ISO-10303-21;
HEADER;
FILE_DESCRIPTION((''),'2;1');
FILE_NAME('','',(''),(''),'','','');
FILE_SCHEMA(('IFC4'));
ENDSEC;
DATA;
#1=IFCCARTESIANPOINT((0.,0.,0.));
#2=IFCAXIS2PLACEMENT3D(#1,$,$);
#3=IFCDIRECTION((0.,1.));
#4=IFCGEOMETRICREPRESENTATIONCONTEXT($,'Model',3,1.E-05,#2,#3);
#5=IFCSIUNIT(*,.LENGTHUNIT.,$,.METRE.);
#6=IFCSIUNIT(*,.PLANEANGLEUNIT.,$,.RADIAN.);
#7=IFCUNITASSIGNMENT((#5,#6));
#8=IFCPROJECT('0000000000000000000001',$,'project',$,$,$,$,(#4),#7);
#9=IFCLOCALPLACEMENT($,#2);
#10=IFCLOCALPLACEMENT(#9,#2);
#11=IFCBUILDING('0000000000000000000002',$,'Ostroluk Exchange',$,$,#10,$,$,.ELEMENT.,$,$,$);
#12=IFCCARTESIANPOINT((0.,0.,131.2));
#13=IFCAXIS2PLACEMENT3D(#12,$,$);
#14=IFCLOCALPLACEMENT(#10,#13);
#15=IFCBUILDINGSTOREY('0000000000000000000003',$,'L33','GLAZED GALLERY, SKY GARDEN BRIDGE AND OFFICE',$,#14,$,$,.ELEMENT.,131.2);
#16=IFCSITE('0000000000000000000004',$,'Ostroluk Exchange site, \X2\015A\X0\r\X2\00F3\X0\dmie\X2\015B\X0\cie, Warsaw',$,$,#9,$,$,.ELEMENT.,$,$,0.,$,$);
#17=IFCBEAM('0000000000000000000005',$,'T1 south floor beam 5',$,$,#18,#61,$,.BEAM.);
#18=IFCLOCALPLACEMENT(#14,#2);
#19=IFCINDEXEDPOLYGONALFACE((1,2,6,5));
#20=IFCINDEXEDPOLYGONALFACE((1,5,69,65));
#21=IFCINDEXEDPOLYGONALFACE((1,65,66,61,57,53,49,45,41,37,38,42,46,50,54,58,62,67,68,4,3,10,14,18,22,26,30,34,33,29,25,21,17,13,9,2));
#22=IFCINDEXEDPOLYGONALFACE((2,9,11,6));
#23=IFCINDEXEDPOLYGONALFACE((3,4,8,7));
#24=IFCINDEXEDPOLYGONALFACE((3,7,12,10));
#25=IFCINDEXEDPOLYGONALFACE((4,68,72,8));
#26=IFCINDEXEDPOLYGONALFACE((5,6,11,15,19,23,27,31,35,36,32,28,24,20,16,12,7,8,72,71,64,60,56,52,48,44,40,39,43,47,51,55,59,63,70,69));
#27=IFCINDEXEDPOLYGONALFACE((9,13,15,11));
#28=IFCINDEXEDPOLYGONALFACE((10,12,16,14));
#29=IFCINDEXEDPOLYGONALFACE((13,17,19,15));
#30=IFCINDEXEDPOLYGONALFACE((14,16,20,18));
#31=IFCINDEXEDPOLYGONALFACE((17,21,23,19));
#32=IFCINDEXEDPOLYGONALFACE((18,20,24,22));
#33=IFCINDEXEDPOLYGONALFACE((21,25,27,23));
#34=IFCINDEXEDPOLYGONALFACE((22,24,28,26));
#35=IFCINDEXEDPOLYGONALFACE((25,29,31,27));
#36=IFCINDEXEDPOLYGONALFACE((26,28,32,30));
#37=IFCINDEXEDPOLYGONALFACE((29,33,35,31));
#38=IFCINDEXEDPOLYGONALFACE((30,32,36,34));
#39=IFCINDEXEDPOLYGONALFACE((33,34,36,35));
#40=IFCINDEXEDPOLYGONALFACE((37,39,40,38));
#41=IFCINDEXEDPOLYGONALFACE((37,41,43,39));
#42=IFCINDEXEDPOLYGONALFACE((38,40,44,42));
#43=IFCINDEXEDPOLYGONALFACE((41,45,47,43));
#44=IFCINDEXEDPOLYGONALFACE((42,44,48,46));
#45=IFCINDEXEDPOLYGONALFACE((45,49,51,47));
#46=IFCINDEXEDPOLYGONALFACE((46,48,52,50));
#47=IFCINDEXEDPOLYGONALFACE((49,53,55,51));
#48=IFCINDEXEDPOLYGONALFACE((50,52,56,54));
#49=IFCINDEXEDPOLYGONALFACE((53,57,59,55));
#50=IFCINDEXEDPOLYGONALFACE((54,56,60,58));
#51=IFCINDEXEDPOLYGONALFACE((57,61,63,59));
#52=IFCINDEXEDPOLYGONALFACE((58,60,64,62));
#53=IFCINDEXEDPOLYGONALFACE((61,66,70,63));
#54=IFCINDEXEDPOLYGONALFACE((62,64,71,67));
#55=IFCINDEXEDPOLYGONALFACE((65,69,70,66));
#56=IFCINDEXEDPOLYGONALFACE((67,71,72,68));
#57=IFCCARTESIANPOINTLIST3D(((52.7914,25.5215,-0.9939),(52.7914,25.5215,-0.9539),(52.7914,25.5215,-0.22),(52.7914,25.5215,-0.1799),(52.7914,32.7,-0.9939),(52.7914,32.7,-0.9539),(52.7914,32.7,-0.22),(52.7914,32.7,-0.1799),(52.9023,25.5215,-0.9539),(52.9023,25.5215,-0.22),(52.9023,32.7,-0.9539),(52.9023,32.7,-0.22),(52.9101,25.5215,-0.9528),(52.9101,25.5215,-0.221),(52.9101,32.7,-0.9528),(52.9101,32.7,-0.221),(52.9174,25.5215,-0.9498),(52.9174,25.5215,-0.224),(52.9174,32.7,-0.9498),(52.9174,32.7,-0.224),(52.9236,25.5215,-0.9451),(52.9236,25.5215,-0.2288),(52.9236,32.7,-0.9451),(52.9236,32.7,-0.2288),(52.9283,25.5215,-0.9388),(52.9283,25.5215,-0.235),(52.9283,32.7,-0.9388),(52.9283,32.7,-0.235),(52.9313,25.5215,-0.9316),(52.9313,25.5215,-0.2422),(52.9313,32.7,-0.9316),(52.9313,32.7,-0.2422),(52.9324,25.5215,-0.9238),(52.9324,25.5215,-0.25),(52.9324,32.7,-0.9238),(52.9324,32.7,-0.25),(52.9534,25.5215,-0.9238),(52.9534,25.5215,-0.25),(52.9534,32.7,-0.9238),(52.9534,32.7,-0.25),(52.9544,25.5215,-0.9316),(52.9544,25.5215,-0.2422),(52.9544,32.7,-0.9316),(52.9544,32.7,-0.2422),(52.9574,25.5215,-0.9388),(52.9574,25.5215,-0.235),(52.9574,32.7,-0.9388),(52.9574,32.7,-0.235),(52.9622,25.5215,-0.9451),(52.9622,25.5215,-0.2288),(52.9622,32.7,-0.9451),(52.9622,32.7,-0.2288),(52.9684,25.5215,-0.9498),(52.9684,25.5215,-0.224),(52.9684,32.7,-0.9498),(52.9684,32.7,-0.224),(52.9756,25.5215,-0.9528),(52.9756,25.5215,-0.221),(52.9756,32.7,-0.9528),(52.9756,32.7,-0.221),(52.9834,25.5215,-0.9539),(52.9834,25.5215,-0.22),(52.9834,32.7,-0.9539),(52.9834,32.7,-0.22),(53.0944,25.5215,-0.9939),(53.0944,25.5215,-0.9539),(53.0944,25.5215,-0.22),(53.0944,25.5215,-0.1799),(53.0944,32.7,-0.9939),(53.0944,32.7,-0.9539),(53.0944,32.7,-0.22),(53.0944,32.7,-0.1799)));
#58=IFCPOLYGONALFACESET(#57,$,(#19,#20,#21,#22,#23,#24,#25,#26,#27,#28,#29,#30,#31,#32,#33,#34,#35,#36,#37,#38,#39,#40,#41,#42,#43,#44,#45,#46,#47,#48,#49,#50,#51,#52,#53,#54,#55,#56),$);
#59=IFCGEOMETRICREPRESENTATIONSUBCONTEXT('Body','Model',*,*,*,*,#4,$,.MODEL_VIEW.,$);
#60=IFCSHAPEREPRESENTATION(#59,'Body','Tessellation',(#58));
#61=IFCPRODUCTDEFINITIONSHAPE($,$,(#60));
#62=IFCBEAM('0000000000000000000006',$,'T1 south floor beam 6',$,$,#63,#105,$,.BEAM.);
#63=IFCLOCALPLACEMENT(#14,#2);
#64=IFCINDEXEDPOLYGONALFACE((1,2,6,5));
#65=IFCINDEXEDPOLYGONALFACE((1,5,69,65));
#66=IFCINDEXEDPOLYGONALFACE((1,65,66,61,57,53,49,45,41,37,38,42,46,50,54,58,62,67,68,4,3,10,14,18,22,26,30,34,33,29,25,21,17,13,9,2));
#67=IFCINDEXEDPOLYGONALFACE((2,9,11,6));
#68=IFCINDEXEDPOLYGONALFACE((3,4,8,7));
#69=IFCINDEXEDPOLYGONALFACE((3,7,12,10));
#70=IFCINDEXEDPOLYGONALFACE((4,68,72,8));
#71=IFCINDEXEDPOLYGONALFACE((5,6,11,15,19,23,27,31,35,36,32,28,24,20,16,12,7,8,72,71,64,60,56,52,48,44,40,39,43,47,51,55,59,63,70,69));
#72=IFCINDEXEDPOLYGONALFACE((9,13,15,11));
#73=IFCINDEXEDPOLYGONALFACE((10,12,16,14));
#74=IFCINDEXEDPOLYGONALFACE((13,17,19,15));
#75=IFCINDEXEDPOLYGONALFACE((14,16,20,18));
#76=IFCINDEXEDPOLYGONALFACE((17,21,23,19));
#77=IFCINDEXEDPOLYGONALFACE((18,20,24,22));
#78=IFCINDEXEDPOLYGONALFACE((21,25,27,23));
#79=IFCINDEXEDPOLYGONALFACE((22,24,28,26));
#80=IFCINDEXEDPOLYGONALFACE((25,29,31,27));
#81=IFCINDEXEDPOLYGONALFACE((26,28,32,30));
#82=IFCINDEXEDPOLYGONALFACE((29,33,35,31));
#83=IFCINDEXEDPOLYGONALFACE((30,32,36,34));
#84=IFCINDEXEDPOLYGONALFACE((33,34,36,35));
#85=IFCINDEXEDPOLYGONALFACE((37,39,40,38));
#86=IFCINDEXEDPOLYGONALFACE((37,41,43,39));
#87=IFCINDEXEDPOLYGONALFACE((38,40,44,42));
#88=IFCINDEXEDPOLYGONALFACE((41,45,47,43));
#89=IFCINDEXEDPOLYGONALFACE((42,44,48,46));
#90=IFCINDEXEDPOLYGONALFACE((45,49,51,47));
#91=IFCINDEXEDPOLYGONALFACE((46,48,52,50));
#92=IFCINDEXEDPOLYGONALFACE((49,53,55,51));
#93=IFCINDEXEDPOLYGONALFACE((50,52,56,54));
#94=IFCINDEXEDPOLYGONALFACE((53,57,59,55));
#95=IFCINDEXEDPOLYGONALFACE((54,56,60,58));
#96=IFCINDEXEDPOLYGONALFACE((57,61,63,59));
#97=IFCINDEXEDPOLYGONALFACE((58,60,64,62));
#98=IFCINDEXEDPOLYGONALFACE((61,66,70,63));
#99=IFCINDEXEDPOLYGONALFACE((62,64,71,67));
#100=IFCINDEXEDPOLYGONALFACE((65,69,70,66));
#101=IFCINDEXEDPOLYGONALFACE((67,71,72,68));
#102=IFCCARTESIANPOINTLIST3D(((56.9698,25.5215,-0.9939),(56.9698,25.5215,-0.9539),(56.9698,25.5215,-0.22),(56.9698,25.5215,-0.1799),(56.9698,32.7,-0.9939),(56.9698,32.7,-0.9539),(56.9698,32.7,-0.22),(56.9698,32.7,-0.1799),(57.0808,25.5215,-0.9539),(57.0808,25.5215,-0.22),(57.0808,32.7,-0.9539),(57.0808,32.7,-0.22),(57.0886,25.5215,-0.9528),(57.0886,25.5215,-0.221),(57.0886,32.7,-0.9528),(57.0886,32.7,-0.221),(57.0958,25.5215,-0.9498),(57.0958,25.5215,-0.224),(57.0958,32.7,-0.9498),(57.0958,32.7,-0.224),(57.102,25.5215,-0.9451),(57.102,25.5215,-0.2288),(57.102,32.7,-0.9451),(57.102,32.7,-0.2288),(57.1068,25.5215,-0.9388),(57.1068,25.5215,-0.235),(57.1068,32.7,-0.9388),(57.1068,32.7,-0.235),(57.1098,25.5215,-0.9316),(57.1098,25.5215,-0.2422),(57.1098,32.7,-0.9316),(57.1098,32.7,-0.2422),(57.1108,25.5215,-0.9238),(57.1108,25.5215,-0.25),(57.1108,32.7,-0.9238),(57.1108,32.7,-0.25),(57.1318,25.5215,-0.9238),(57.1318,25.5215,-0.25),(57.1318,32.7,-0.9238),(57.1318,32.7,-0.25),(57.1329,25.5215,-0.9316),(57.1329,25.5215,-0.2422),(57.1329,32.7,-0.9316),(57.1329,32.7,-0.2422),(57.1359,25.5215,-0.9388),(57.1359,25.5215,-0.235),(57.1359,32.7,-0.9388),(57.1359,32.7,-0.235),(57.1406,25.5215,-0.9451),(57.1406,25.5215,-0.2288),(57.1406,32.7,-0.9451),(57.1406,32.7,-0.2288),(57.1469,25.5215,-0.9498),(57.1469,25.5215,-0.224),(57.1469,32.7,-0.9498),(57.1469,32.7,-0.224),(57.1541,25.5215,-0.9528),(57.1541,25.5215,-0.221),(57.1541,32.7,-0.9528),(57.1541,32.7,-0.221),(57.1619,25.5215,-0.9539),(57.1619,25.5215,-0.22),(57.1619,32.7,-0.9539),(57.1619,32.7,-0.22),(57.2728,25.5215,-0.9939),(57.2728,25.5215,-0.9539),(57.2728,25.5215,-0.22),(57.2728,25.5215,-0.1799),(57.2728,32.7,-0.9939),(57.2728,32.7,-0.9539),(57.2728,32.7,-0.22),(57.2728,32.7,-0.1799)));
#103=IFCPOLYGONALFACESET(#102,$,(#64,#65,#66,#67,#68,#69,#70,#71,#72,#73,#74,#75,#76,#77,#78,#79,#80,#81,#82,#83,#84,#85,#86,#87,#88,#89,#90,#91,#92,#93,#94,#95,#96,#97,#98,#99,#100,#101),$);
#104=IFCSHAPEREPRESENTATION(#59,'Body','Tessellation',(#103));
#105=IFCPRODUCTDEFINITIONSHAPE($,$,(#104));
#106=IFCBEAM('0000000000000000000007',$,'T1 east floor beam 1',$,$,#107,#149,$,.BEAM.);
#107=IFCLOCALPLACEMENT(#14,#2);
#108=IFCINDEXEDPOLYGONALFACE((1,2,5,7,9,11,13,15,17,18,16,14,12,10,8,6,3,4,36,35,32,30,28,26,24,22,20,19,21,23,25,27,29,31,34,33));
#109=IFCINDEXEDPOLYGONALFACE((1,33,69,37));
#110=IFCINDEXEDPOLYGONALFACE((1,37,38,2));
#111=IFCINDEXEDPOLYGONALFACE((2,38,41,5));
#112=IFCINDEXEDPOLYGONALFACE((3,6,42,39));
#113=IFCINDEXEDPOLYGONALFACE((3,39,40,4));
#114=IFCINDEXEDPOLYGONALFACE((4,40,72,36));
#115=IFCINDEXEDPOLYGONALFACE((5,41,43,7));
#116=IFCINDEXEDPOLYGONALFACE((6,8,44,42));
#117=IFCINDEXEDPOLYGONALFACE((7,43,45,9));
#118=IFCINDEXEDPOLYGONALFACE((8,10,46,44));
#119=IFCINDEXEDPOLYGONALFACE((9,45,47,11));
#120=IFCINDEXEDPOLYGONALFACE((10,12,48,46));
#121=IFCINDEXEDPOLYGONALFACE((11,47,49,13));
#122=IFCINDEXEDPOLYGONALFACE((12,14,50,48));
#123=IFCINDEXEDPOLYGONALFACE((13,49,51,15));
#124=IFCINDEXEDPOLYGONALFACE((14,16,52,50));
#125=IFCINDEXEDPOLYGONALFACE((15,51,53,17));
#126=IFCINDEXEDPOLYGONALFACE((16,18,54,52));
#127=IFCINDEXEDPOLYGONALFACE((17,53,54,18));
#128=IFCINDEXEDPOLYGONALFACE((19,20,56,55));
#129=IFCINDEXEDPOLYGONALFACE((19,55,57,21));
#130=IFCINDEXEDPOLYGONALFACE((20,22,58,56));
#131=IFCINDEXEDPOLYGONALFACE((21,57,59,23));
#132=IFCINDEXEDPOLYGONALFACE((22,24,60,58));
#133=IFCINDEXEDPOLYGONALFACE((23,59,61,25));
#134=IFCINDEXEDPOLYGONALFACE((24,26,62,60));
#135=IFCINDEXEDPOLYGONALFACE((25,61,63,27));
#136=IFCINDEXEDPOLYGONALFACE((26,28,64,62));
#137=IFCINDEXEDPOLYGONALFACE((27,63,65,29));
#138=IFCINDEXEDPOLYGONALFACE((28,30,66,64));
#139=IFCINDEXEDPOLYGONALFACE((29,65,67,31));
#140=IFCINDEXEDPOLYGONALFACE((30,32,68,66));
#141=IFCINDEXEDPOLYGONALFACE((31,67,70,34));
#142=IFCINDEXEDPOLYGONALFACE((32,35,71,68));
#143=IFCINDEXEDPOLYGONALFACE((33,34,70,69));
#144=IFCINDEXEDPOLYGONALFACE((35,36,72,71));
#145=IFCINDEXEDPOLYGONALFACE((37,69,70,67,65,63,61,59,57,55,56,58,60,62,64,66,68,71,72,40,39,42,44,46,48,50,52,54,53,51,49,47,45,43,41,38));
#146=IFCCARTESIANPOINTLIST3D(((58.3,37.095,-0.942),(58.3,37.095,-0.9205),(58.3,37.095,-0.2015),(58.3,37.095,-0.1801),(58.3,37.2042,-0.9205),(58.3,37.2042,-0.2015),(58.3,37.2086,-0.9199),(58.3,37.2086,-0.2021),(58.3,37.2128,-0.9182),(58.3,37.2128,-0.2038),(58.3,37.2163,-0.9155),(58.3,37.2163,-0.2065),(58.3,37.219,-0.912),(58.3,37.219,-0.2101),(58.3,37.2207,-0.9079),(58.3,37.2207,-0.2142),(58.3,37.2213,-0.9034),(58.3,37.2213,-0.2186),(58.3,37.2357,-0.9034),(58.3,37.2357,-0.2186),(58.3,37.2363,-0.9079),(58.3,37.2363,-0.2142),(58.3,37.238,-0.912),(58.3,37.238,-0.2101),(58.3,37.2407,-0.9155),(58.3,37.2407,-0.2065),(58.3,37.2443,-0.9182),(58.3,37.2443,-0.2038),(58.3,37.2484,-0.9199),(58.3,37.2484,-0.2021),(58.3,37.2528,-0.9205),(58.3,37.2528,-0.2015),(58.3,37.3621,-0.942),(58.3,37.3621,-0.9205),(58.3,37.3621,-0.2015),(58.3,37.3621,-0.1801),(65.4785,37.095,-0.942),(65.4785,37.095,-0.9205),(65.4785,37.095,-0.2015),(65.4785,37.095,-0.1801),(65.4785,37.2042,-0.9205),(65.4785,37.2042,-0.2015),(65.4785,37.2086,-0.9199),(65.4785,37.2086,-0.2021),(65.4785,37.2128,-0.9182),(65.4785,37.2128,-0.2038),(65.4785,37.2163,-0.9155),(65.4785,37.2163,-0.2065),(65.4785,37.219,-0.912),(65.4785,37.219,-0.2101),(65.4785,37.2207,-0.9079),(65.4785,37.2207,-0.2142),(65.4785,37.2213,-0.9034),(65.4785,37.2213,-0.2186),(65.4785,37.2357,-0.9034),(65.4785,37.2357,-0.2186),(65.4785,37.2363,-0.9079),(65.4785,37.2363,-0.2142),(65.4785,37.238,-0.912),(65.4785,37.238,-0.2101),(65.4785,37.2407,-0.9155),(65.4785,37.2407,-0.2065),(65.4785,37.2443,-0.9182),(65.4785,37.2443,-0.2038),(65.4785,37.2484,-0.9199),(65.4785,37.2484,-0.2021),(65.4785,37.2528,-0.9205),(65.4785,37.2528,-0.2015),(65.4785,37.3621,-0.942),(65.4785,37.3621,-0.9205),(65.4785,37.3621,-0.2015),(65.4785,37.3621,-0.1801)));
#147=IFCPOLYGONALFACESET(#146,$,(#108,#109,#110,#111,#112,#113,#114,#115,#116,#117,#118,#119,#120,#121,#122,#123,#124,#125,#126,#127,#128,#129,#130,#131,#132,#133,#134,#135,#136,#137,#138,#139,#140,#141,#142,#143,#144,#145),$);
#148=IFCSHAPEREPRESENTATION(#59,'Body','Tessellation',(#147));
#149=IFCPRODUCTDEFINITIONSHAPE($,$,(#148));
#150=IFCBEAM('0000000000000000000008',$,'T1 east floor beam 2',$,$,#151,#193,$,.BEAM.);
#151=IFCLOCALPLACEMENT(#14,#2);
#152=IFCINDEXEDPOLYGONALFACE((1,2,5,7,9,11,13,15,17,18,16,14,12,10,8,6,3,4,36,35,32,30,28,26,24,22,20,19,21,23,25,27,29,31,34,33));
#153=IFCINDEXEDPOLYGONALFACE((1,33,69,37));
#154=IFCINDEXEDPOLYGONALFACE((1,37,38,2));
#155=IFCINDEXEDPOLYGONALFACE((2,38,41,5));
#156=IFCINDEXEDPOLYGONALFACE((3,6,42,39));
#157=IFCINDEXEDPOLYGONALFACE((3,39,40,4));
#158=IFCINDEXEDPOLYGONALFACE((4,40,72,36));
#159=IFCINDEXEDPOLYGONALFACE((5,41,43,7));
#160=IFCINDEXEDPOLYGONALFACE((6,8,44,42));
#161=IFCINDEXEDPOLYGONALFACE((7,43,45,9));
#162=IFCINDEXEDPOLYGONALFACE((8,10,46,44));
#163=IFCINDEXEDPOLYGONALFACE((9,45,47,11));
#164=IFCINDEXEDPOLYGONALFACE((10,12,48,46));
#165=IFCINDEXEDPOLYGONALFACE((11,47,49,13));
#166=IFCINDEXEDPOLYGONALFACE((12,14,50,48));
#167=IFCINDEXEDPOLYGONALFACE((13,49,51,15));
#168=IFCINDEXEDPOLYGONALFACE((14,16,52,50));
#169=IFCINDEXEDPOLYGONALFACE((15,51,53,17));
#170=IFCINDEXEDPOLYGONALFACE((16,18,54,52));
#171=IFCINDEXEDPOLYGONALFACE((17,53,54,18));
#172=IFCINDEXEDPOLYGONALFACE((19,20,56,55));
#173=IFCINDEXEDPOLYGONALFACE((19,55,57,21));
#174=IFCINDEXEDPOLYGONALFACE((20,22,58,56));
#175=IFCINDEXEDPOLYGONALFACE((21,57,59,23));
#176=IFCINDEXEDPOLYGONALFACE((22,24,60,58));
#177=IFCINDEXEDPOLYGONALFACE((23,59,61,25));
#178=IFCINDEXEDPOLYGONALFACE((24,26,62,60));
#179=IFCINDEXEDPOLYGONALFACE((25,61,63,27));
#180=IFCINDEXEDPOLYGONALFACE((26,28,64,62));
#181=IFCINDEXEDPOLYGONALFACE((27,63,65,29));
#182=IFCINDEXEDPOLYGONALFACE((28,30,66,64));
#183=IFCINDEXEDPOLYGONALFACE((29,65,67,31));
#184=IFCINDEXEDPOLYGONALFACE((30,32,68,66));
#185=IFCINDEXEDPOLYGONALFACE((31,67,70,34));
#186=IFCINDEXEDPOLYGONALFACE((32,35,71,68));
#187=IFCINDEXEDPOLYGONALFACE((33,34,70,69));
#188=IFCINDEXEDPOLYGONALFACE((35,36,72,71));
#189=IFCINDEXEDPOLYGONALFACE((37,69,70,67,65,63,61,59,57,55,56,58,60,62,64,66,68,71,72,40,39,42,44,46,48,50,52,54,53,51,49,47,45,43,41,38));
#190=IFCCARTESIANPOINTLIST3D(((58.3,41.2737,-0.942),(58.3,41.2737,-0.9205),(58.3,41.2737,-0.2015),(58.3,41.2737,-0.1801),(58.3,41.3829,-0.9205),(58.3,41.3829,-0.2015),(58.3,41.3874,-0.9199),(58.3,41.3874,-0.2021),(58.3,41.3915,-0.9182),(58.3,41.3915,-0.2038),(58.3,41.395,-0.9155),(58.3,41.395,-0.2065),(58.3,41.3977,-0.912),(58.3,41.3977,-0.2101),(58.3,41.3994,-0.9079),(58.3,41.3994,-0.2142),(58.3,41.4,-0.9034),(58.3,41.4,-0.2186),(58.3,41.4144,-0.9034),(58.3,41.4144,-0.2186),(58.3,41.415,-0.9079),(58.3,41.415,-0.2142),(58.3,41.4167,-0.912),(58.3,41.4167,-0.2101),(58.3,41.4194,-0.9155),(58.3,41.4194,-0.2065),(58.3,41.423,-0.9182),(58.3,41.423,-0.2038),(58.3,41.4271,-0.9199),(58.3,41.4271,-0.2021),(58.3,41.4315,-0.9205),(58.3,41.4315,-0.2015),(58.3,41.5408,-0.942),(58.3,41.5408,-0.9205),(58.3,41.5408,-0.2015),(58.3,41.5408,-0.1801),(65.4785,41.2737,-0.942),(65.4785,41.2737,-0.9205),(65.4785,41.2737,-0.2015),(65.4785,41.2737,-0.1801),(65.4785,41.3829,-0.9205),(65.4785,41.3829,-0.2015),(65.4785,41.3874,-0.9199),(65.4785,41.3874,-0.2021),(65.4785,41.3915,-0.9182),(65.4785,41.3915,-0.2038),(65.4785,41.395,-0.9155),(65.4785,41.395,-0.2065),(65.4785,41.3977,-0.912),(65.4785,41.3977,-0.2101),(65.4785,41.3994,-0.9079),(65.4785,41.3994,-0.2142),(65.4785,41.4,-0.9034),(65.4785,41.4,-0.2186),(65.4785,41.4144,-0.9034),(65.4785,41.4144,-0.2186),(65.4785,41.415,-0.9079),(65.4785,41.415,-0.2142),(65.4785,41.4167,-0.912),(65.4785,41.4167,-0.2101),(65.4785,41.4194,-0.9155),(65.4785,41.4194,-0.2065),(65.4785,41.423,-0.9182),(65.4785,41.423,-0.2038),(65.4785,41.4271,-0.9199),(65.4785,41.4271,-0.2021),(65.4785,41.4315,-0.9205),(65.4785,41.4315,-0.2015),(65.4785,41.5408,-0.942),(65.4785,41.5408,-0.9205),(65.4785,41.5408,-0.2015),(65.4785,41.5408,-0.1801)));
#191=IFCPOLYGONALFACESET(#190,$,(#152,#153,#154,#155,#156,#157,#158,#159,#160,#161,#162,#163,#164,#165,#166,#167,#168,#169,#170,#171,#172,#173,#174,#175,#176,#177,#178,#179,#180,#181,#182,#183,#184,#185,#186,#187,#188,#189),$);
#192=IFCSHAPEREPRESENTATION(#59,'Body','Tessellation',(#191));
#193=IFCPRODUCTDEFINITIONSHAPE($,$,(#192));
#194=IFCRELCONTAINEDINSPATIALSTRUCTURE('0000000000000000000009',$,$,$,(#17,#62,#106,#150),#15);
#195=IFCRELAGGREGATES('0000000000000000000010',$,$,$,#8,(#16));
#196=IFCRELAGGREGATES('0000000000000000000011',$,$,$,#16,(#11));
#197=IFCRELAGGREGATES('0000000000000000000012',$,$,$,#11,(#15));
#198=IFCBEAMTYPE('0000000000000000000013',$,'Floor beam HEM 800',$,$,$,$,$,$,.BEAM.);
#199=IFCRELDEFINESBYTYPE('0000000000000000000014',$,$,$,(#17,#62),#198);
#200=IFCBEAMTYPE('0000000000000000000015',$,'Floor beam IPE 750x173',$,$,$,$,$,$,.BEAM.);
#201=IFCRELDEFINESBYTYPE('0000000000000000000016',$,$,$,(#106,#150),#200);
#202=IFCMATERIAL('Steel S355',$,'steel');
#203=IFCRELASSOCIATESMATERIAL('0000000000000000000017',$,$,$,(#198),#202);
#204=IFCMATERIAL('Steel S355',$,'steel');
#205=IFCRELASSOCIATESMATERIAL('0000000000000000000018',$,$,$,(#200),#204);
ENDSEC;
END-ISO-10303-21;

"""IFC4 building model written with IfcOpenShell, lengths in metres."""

from ifc_helpers import new_model, si_unit, direction, frame, origin, origin_2d, place, context, subcontext, project, spatial, i_section, extrude, material, material_profile, profile_set, type_object, element, save


model = new_model("IFC4")

# Units and contexts
model_context = context("Model", 3, precision=1e-05, world=origin(), true_north=direction((0.0, 1.0)))
body_context = subcontext(model_context, "Body", "Model", "MODEL_VIEW")
ifc_project = project(units=[si_unit("LENGTHUNIT", "METRE"), si_unit("PLANEANGLEUNIT", "RADIAN")], contexts=[model_context])

# Site, building, storey
site_placement = place(None, origin())
site = spatial("IfcSite", under=ifc_project, at=site_placement, Name="Ostroluk Exchange site, Śródmieście, Warsaw", CompositionType="ELEMENT", RefElevation=0.0)
building_placement = place(site_placement, origin())
building = spatial("IfcBuilding", under=site, at=building_placement, Name="Ostroluk Exchange", CompositionType="ELEMENT")
storey_placement = place(building_placement, frame((0.0, 0.0, 131.2)))
storey = spatial("IfcBuildingStorey", under=building, at=storey_placement, Name="L33", Description="GLAZED GALLERY, SKY GARDEN BRIDGE AND OFFICE", CompositionType="ELEMENT", Elevation=131.2)

# Beams
ifc_material_1 = material(Name="Steel S355", Category="steel")
ifc_material_profile_1 = material_profile(ifc_material_1, i_section(OverallWidth=0.303, OverallDepth=0.814, WebThickness=0.021, FlangeThickness=0.04, FilletRadius=0.03, at=origin_2d()), Name="HEM 800")
ifc_profile_set_1 = profile_set([ifc_material_profile_1], Name="Steel S355")
beam_type_1 = type_object("IfcBeamType", Name="Floor beam HEM 800", PredefinedType="BEAM", material=ifc_profile_set_1)
for number, where, z_axis, x_axis, name in (
    (1, (52.9429, 32.7, -0.5869), (0.0, -1.0, 0.0), (1.0, 0.0, 0.0), "T1 south floor beam 5"),
    (2, (57.1213, 32.7, -0.5869), (0.0, -1.0, 0.0), (1.0, 0.0, 0.0), "T1 south floor beam 6"),
):
    element("IfcBeam", number, at=place(storey_placement, frame(where, z_axis=z_axis, x_axis=x_axis)), inside=storey, type_object=beam_type_1, Name=name, PredefinedType="BEAM", context=body_context, shape_type="SweptSolid", body=[
        extrude(i_section(OverallWidth=0.303, OverallDepth=0.814, WebThickness=0.021, FlangeThickness=0.04, FilletRadius=0.03, at=origin_2d()), origin(), (0.0, 0.0, 1.0), 7.1785),
    ])
ifc_material_2 = material(Name="Steel S355", Category="steel")
ifc_material_profile_2 = material_profile(ifc_material_2, i_section(OverallWidth=0.2671, OverallDepth=0.762, WebThickness=0.0144, FlangeThickness=0.0215, FilletRadius=0.0171, at=origin_2d()), Name="IPE 750x173")
ifc_profile_set_2 = profile_set([ifc_material_profile_2], Name="Steel S355")
beam_type_2 = type_object("IfcBeamType", Name="Floor beam IPE 750x173", PredefinedType="BEAM", material=ifc_profile_set_2)
for number, where, z_axis, x_axis, name in (
    (3, (58.3, 37.2285, -0.561), (1.0, 0.0, 0.0), (0.0, 1.0, 0.0), "T1 east floor beam 1"),
    (4, (58.3, 41.4072, -0.561), (1.0, 0.0, 0.0), (0.0, 1.0, 0.0), "T1 east floor beam 2"),
):
    element("IfcBeam", number, at=place(storey_placement, frame(where, z_axis=z_axis, x_axis=x_axis)), inside=storey, type_object=beam_type_2, Name=name, PredefinedType="BEAM", context=body_context, shape_type="SweptSolid", body=[
        extrude(i_section(OverallWidth=0.2671, OverallDepth=0.762, WebThickness=0.0144, FlangeThickness=0.0215, FilletRadius=0.0171, at=origin_2d()), origin(), (0.0, 0.0, 1.0), 7.1785),
    ])

save(model, "model.ifc")
